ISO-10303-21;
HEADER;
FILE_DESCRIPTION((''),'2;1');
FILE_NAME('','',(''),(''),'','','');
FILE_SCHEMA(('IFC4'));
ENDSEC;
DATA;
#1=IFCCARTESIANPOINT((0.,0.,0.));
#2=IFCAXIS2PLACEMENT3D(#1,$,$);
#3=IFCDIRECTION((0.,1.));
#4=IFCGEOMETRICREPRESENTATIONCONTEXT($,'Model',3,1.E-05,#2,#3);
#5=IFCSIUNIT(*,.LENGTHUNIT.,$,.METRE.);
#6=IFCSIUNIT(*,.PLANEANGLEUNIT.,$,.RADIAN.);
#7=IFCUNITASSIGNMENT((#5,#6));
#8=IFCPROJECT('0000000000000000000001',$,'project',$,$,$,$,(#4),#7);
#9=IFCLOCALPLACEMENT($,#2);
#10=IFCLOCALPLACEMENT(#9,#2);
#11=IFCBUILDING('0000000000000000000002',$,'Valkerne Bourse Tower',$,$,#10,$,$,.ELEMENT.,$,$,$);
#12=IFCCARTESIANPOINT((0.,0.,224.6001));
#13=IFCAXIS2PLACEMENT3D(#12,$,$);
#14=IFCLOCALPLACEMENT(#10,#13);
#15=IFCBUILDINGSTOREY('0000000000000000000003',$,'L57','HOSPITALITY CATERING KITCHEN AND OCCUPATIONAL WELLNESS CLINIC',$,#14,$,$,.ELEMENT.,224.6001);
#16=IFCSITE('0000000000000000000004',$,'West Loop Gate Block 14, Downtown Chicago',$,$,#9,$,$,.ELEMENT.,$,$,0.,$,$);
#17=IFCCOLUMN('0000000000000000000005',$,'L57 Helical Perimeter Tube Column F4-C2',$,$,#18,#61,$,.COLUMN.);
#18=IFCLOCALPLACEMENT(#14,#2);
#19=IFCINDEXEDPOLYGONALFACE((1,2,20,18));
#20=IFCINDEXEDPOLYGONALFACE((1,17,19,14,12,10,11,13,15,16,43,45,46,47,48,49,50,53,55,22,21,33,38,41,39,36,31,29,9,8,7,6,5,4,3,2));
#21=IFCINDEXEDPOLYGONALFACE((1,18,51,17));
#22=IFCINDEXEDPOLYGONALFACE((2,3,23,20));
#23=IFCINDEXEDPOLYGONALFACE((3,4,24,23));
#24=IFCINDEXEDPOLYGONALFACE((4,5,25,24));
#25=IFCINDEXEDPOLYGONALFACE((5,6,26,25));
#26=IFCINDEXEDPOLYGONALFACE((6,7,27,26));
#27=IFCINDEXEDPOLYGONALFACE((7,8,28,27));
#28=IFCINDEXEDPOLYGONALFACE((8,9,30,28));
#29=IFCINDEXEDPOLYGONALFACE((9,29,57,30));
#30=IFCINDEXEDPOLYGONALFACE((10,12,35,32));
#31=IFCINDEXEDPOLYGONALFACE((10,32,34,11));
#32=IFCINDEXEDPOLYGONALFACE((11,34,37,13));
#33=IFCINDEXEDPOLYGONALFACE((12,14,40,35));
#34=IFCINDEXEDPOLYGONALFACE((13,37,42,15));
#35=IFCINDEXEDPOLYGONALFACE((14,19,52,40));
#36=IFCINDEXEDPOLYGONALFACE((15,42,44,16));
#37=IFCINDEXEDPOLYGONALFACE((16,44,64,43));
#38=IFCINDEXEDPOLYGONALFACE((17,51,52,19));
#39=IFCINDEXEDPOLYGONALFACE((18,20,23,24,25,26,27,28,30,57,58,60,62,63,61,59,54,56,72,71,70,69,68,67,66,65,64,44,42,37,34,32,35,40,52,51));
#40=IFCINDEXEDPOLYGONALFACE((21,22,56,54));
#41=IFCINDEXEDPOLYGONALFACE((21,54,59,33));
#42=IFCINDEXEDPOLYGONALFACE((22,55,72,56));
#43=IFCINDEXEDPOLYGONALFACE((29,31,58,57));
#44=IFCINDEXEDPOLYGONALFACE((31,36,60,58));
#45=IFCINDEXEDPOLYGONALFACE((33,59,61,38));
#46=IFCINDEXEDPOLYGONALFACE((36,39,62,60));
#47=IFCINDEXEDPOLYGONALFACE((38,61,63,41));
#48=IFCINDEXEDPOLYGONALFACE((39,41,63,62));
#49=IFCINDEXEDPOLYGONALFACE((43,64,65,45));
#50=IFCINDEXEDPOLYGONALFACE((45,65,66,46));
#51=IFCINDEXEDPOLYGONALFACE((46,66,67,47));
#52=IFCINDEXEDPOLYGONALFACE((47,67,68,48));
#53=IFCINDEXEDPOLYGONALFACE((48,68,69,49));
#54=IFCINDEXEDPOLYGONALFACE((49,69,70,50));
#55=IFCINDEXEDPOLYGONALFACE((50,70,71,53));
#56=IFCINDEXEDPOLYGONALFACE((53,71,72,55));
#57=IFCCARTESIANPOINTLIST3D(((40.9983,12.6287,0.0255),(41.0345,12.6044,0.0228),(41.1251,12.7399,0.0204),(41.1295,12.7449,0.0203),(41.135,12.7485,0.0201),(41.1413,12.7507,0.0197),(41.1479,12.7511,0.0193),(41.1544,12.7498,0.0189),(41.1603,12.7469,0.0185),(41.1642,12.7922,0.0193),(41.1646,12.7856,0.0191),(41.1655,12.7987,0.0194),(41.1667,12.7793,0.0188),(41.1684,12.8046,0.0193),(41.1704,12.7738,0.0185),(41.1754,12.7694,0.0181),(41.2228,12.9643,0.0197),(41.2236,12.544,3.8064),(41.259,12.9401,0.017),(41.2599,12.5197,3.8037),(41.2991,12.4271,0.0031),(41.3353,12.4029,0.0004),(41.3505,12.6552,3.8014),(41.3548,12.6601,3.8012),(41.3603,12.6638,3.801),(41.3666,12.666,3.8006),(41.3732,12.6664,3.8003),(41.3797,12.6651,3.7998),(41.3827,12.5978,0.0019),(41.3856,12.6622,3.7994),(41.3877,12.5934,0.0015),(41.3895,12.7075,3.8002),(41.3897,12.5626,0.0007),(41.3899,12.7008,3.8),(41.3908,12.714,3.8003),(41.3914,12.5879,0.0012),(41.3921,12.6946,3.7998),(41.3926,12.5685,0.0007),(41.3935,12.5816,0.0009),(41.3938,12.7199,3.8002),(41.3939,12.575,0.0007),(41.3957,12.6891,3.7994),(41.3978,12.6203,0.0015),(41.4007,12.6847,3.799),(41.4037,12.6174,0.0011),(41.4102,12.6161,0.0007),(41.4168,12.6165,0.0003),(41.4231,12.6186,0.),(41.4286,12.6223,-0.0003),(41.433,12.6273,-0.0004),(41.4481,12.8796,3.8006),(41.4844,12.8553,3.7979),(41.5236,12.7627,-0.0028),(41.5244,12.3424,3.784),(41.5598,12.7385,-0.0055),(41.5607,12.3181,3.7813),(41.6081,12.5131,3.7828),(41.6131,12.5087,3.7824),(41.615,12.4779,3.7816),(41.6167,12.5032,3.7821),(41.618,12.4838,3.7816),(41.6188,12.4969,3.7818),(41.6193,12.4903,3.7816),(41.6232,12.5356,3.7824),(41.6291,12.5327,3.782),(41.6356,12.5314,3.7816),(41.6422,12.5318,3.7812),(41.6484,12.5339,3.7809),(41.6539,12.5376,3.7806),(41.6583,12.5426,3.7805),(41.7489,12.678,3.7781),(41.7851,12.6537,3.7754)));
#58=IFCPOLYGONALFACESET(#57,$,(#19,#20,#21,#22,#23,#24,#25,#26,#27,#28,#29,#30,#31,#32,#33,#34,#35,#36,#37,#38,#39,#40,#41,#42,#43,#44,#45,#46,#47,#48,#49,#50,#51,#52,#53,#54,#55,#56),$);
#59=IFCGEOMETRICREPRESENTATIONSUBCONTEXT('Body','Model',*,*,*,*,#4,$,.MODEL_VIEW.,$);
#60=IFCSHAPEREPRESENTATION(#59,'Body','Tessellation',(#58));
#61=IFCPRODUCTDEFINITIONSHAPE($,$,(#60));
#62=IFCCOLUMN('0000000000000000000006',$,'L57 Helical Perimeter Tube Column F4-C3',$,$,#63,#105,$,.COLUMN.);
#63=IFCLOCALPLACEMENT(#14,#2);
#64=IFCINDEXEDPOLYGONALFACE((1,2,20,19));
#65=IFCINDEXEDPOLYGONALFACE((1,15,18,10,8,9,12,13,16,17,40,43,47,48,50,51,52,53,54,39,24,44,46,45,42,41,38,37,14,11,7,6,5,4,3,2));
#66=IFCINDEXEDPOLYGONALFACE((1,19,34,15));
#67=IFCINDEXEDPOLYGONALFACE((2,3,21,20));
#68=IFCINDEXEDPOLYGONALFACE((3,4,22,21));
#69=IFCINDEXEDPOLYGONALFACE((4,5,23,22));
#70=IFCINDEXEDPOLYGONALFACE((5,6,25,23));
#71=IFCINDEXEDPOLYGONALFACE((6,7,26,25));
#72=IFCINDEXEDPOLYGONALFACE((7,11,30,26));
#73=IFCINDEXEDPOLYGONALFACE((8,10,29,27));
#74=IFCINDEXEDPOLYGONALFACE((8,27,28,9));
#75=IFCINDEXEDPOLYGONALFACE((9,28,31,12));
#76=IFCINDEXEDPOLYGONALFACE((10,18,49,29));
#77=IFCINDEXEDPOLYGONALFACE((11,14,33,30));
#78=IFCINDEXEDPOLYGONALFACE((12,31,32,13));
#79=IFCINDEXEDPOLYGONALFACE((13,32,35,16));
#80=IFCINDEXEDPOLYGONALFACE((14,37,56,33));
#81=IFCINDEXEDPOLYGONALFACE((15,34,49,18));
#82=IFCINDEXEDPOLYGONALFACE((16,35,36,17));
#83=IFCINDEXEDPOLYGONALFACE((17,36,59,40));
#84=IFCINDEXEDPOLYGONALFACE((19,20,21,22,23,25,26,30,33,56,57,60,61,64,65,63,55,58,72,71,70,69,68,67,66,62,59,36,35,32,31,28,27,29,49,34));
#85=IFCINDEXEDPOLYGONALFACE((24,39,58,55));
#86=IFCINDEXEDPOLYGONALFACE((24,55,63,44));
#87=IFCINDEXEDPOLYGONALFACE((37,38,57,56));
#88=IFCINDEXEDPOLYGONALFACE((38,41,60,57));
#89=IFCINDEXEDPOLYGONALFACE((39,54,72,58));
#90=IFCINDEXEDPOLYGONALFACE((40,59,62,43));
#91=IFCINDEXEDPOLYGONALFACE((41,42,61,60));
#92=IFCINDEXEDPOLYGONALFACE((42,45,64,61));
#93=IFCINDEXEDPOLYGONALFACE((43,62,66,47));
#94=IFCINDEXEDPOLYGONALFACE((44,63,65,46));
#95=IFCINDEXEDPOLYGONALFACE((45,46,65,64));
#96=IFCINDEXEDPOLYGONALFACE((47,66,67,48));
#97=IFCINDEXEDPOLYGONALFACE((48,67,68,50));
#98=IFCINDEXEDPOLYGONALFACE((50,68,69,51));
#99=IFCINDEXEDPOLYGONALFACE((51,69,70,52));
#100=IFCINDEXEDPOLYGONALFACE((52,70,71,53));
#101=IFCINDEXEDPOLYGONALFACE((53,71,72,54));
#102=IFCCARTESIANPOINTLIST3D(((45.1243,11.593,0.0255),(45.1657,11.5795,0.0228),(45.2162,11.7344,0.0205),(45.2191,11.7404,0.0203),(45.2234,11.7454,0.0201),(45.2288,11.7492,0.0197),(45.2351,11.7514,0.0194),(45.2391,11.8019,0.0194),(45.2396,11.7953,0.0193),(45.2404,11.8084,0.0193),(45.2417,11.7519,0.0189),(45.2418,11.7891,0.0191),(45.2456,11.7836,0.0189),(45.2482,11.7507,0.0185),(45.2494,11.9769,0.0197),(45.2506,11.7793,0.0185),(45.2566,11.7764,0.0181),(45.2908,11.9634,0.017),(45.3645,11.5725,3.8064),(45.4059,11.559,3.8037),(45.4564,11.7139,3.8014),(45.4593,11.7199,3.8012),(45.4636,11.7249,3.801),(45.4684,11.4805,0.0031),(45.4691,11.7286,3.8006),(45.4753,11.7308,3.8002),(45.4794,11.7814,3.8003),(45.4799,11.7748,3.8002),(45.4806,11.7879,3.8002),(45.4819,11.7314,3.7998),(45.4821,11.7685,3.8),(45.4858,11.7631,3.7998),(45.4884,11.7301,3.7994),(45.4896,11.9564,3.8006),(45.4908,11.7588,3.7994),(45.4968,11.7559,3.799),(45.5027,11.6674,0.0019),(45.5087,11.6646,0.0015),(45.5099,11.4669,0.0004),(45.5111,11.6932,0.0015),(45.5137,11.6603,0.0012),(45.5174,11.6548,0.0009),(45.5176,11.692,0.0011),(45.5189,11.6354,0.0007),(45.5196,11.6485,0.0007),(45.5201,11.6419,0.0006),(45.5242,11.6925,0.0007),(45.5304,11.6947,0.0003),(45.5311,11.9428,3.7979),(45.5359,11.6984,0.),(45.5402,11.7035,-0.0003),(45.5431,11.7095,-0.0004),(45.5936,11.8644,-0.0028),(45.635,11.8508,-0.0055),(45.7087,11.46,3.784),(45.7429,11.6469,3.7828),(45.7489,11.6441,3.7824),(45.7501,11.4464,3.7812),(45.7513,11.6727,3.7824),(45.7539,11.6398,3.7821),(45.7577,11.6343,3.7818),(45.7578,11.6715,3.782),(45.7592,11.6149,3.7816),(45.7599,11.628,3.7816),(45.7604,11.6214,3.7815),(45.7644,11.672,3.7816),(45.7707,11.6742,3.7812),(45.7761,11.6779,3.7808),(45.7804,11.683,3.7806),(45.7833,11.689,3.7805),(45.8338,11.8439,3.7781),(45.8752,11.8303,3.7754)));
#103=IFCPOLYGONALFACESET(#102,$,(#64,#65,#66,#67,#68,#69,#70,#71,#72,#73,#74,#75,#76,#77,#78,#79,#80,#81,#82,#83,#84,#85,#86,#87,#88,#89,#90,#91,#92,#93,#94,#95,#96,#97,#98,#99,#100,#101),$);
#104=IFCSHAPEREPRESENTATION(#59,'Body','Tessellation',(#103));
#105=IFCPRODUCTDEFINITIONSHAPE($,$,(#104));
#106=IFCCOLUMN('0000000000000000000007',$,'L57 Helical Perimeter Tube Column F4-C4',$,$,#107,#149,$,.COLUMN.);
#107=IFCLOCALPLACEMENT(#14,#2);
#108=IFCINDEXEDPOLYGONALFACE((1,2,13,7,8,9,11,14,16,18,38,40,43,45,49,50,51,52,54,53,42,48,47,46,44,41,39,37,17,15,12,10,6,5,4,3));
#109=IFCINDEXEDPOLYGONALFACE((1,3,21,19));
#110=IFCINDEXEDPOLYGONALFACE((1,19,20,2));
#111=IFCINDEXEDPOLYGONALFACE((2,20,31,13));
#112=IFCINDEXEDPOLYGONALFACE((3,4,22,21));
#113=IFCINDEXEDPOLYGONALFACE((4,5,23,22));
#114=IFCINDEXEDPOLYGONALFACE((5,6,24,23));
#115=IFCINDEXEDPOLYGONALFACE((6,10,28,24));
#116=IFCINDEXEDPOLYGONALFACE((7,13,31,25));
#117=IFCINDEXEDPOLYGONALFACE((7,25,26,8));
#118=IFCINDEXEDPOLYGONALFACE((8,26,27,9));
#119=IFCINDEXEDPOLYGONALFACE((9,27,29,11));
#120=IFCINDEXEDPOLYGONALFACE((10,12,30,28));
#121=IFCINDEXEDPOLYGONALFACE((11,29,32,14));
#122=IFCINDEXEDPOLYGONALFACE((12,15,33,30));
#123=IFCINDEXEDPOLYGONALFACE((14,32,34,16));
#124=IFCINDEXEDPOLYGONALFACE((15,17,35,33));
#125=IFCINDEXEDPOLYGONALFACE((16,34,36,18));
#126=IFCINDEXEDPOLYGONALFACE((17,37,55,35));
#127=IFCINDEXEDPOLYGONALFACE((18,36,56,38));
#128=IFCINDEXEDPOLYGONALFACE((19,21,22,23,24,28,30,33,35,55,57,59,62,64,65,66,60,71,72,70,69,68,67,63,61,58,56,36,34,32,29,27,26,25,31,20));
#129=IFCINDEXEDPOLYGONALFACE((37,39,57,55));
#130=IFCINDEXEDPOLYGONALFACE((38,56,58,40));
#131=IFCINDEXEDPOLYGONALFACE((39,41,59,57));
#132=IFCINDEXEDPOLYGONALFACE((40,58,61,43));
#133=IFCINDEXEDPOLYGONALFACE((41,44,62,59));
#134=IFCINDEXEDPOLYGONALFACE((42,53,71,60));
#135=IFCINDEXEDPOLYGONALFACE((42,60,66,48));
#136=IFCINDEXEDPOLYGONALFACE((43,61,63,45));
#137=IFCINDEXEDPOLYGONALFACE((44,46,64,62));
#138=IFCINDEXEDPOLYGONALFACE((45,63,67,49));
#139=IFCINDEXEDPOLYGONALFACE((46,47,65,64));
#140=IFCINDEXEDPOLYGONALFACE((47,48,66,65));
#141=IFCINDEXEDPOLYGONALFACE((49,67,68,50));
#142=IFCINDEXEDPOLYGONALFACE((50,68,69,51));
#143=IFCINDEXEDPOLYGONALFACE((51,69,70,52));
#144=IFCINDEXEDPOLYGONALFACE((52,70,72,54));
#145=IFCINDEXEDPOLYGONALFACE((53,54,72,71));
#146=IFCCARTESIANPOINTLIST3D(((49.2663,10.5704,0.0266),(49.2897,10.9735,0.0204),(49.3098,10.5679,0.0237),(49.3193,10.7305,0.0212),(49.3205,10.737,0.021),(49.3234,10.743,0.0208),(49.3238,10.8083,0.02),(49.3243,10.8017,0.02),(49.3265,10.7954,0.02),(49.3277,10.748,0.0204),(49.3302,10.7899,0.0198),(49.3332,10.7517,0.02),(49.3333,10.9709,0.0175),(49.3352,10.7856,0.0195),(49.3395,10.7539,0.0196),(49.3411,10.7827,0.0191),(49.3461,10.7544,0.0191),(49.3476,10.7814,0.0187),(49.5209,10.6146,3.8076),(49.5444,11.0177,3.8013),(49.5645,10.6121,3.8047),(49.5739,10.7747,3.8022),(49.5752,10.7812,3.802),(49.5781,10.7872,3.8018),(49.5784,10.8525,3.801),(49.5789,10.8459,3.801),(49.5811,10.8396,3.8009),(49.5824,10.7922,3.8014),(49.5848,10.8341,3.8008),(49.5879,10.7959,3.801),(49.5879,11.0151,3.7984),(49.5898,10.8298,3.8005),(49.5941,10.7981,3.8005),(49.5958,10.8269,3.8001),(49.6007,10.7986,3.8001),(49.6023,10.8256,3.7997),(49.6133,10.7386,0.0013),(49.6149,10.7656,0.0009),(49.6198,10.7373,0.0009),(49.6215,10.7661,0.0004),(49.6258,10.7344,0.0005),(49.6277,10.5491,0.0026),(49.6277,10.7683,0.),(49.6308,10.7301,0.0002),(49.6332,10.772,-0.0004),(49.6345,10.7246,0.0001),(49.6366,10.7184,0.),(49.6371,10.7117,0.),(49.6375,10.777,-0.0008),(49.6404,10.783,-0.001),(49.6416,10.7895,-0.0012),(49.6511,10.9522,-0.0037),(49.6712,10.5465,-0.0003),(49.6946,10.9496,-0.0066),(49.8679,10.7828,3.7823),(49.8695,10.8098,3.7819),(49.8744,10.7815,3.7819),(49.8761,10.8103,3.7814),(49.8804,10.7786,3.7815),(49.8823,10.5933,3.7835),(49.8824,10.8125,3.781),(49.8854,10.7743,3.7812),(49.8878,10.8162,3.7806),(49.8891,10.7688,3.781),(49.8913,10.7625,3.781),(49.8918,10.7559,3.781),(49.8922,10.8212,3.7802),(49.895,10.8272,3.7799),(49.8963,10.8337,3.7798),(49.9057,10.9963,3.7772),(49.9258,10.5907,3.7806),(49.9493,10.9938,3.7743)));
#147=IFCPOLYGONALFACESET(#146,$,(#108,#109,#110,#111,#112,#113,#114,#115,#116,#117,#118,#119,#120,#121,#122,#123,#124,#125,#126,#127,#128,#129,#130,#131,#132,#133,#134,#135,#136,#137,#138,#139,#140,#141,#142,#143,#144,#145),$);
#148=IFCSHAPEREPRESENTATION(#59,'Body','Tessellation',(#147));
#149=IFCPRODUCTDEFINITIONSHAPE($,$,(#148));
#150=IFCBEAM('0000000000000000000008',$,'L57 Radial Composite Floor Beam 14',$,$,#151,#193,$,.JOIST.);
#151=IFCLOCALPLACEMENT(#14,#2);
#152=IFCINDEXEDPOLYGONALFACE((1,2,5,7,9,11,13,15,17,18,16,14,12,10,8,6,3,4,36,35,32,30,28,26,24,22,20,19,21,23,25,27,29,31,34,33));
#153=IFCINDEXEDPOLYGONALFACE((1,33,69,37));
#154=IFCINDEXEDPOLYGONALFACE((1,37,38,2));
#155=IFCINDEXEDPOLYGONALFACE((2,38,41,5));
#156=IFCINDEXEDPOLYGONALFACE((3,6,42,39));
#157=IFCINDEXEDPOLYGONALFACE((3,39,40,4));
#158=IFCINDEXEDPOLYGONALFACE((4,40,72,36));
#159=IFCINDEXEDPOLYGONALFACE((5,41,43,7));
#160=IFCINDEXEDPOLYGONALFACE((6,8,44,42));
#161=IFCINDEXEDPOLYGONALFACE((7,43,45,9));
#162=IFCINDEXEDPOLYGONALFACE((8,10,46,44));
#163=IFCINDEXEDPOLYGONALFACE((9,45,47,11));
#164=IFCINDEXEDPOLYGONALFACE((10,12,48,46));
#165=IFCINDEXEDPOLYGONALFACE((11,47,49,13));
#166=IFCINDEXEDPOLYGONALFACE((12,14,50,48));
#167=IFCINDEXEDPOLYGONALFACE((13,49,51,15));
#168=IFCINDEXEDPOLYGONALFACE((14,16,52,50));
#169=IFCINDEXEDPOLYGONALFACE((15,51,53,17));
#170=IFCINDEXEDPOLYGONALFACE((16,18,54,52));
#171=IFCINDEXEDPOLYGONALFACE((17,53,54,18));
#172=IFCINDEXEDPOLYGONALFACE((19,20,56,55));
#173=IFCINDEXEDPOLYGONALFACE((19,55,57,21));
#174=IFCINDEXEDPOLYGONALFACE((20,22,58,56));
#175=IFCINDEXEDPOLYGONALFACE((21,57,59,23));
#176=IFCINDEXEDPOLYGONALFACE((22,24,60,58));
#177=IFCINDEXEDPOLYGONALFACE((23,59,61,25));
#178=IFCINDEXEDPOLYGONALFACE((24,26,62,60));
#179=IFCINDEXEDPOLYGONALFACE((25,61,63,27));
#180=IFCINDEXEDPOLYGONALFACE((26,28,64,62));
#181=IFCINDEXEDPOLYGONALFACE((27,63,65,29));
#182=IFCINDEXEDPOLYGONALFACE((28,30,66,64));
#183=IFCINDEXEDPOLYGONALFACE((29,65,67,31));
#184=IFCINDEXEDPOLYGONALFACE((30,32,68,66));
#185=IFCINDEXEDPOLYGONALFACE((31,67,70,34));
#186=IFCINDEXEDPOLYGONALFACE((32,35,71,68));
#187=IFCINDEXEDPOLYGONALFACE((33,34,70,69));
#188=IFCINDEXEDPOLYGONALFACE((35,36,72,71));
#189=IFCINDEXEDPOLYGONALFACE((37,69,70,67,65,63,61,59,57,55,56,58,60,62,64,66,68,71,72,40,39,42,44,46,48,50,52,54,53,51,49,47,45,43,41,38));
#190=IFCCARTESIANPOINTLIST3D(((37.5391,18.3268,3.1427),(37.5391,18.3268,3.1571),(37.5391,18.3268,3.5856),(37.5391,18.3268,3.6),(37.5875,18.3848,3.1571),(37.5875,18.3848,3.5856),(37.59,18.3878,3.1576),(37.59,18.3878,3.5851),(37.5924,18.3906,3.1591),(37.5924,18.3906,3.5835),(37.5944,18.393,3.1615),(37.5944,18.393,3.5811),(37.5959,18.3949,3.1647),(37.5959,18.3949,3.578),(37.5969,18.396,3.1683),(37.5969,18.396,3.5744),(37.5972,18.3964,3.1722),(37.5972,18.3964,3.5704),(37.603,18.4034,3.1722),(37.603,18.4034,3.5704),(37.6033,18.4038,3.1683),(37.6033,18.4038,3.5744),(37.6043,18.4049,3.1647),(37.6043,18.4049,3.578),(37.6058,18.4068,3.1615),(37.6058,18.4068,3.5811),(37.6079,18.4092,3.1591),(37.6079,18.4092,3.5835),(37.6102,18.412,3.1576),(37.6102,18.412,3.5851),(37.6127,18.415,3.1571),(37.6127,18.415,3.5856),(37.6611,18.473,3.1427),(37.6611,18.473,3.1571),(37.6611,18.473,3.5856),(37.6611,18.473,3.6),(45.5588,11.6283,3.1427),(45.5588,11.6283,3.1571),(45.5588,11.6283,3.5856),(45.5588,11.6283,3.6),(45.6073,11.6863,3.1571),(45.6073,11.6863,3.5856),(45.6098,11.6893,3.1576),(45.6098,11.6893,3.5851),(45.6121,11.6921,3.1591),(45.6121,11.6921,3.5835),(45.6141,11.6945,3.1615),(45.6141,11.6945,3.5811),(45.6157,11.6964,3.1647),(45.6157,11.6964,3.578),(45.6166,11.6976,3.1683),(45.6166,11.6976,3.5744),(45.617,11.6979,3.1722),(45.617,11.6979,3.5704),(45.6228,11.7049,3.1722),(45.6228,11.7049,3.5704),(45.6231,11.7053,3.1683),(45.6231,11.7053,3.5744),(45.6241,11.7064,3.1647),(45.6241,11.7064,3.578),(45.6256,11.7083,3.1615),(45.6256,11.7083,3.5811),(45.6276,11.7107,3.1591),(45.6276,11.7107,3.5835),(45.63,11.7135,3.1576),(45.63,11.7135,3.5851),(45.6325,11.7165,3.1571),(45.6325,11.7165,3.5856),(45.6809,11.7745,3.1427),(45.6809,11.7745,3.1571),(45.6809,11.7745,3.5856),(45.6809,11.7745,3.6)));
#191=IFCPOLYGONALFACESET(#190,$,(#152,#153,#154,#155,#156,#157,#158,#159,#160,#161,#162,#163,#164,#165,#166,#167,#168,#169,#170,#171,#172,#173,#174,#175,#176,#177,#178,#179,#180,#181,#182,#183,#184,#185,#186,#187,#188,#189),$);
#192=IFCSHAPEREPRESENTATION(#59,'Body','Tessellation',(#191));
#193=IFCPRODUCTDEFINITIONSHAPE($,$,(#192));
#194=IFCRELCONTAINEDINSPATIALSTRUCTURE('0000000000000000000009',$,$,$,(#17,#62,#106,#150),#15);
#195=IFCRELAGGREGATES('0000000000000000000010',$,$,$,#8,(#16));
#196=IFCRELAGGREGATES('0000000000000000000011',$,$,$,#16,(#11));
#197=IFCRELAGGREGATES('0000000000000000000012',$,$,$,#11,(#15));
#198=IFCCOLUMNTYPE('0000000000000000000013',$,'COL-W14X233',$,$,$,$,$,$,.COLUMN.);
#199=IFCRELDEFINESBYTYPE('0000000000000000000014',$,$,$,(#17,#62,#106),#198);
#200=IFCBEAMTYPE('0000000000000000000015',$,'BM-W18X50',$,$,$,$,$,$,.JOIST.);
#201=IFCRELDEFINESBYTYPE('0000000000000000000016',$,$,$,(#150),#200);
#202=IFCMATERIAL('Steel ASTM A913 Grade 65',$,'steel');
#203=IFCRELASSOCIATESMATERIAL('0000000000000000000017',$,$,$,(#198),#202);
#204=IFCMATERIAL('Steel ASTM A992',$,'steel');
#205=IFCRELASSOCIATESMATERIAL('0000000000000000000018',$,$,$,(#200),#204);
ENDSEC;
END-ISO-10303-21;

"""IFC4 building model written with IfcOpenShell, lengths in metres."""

from ifc_helpers import new_model, si_unit, direction, frame, origin, origin_2d, place, context, subcontext, project, spatial, i_section, extrude, material, material_profile, profile_set, type_object, element, save


model = new_model("IFC4")

# Units and contexts
model_context = context("Model", 3, precision=1e-05, world=origin(), true_north=direction((0.0, 1.0)))
body_context = subcontext(model_context, "Body", "Model", "MODEL_VIEW")
ifc_project = project(units=[si_unit("LENGTHUNIT", "METRE"), si_unit("PLANEANGLEUNIT", "RADIAN")], contexts=[model_context])

# Site, building, storey
site_placement = place(None, origin())
site = spatial("IfcSite", under=ifc_project, at=site_placement, Name="West Loop Gate Block 14, Downtown Chicago", CompositionType="ELEMENT", RefElevation=0.0)
building_placement = place(site_placement, origin())
building = spatial("IfcBuilding", under=site, at=building_placement, Name="Valkerne Bourse Tower", CompositionType="ELEMENT")
storey_placement = place(building_placement, frame((0.0, 0.0, 224.6001)))
storey = spatial("IfcBuildingStorey", under=building, at=storey_placement, Name="L57", Description="HOSPITALITY CATERING KITCHEN AND OCCUPATIONAL WELLNESS CLINIC", CompositionType="ELEMENT", Elevation=224.6001)

# Columns
ifc_material_1 = material(Name="Steel ASTM A913 Grade 65", Category="steel")
ifc_material_profile_1 = material_profile(ifc_material_1, i_section(OverallWidth=0.4038, OverallDepth=0.4065, WebThickness=0.0271, FlangeThickness=0.0437, FilletRadius=0.0254, at=origin_2d()), Name="W14X233")
ifc_profile_set_1 = profile_set([ifc_material_profile_1], Name="Steel ASTM A913 Grade 65")
column_type = type_object("IfcColumnType", Name="COL-W14X233", PredefinedType="COLUMN", material=ifc_profile_set_1)
for number, where, z_axis, x_axis, name in (
    (1, (41.2791, 12.6836, 0.01), (0.059478, -0.022361, 0.997979), (0.555917, 0.831111, -0.01451), "L57 Helical Perimeter Tube Column F4-C2"),
    (2, (45.3796, 11.7219, 0.01), (0.063408, -0.005413, 0.997973), (0.309871, 0.950667, -0.014532), "L57 Helical Perimeter Tube Column F4-C3"),
):
    element("IfcColumn", number, at=place(storey_placement, frame(where, z_axis=z_axis, x_axis=x_axis)), inside=storey, type_object=column_type, Name=name, PredefinedType="COLUMN", context=body_context, shape_type="SweptSolid", body=[
        extrude(i_section(OverallWidth=0.4038, OverallDepth=0.4065, WebThickness=0.0271, FlangeThickness=0.0437, FilletRadius=0.0254, at=origin_2d()), origin(), (0.0, 0.0, 1.0), 3.7886),
    ])
column_placement = place(storey_placement, frame((49.4805, 10.76, 0.01), z_axis=(0.06719, 0.01166, 0.997672), x_axis=(0.058, 0.998195, -0.015572)))
element("IfcColumn", 3, at=column_placement, inside=storey, type_object=column_type, Name="L57 Helical Perimeter Tube Column F4-C4", PredefinedType="COLUMN", context=body_context, shape_type="SweptSolid", body=[
    extrude(i_section(OverallWidth=0.4038, OverallDepth=0.4065, WebThickness=0.0271, FlangeThickness=0.0437, FilletRadius=0.0254, at=origin_2d()), origin(), (0.0, 0.0, 1.0), 3.7898),
])

# Beam
ifc_material_2 = material(Name="Steel ASTM A992", Category="steel")
ifc_material_profile_2 = material_profile(ifc_material_2, i_section(OverallWidth=0.1904, OverallDepth=0.4573, WebThickness=0.009, FlangeThickness=0.0144, FilletRadius=0.0151, at=origin_2d()), Name="W18X50")
ifc_profile_set_2 = profile_set([ifc_material_profile_2], Name="Steel ASTM A992")
beam_type_1 = type_object("IfcBeamType", Name="BM-W18X50", PredefinedType="JOIST", material=ifc_profile_set_2)
beam_1_placement = place(storey_placement, frame((45.6199, 11.7014, 3.3713), z_axis=(-0.767499, 0.64105, 0.0), x_axis=(-0.64105, -0.767499, 0.0)))
element("IfcBeam", 4, at=beam_1_placement, inside=storey, type_object=beam_type_1, Name="L57 Radial Composite Floor Beam 14", PredefinedType="JOIST", context=body_context, shape_type="SweptSolid", body=[
    extrude(i_section(OverallWidth=0.1904, OverallDepth=0.4573, WebThickness=0.009, FlangeThickness=0.0144, FilletRadius=0.0151, at=origin_2d()), origin(), (0.0, 0.0, 1.0), 10.4492),
])

save(model, "model.ifc")
